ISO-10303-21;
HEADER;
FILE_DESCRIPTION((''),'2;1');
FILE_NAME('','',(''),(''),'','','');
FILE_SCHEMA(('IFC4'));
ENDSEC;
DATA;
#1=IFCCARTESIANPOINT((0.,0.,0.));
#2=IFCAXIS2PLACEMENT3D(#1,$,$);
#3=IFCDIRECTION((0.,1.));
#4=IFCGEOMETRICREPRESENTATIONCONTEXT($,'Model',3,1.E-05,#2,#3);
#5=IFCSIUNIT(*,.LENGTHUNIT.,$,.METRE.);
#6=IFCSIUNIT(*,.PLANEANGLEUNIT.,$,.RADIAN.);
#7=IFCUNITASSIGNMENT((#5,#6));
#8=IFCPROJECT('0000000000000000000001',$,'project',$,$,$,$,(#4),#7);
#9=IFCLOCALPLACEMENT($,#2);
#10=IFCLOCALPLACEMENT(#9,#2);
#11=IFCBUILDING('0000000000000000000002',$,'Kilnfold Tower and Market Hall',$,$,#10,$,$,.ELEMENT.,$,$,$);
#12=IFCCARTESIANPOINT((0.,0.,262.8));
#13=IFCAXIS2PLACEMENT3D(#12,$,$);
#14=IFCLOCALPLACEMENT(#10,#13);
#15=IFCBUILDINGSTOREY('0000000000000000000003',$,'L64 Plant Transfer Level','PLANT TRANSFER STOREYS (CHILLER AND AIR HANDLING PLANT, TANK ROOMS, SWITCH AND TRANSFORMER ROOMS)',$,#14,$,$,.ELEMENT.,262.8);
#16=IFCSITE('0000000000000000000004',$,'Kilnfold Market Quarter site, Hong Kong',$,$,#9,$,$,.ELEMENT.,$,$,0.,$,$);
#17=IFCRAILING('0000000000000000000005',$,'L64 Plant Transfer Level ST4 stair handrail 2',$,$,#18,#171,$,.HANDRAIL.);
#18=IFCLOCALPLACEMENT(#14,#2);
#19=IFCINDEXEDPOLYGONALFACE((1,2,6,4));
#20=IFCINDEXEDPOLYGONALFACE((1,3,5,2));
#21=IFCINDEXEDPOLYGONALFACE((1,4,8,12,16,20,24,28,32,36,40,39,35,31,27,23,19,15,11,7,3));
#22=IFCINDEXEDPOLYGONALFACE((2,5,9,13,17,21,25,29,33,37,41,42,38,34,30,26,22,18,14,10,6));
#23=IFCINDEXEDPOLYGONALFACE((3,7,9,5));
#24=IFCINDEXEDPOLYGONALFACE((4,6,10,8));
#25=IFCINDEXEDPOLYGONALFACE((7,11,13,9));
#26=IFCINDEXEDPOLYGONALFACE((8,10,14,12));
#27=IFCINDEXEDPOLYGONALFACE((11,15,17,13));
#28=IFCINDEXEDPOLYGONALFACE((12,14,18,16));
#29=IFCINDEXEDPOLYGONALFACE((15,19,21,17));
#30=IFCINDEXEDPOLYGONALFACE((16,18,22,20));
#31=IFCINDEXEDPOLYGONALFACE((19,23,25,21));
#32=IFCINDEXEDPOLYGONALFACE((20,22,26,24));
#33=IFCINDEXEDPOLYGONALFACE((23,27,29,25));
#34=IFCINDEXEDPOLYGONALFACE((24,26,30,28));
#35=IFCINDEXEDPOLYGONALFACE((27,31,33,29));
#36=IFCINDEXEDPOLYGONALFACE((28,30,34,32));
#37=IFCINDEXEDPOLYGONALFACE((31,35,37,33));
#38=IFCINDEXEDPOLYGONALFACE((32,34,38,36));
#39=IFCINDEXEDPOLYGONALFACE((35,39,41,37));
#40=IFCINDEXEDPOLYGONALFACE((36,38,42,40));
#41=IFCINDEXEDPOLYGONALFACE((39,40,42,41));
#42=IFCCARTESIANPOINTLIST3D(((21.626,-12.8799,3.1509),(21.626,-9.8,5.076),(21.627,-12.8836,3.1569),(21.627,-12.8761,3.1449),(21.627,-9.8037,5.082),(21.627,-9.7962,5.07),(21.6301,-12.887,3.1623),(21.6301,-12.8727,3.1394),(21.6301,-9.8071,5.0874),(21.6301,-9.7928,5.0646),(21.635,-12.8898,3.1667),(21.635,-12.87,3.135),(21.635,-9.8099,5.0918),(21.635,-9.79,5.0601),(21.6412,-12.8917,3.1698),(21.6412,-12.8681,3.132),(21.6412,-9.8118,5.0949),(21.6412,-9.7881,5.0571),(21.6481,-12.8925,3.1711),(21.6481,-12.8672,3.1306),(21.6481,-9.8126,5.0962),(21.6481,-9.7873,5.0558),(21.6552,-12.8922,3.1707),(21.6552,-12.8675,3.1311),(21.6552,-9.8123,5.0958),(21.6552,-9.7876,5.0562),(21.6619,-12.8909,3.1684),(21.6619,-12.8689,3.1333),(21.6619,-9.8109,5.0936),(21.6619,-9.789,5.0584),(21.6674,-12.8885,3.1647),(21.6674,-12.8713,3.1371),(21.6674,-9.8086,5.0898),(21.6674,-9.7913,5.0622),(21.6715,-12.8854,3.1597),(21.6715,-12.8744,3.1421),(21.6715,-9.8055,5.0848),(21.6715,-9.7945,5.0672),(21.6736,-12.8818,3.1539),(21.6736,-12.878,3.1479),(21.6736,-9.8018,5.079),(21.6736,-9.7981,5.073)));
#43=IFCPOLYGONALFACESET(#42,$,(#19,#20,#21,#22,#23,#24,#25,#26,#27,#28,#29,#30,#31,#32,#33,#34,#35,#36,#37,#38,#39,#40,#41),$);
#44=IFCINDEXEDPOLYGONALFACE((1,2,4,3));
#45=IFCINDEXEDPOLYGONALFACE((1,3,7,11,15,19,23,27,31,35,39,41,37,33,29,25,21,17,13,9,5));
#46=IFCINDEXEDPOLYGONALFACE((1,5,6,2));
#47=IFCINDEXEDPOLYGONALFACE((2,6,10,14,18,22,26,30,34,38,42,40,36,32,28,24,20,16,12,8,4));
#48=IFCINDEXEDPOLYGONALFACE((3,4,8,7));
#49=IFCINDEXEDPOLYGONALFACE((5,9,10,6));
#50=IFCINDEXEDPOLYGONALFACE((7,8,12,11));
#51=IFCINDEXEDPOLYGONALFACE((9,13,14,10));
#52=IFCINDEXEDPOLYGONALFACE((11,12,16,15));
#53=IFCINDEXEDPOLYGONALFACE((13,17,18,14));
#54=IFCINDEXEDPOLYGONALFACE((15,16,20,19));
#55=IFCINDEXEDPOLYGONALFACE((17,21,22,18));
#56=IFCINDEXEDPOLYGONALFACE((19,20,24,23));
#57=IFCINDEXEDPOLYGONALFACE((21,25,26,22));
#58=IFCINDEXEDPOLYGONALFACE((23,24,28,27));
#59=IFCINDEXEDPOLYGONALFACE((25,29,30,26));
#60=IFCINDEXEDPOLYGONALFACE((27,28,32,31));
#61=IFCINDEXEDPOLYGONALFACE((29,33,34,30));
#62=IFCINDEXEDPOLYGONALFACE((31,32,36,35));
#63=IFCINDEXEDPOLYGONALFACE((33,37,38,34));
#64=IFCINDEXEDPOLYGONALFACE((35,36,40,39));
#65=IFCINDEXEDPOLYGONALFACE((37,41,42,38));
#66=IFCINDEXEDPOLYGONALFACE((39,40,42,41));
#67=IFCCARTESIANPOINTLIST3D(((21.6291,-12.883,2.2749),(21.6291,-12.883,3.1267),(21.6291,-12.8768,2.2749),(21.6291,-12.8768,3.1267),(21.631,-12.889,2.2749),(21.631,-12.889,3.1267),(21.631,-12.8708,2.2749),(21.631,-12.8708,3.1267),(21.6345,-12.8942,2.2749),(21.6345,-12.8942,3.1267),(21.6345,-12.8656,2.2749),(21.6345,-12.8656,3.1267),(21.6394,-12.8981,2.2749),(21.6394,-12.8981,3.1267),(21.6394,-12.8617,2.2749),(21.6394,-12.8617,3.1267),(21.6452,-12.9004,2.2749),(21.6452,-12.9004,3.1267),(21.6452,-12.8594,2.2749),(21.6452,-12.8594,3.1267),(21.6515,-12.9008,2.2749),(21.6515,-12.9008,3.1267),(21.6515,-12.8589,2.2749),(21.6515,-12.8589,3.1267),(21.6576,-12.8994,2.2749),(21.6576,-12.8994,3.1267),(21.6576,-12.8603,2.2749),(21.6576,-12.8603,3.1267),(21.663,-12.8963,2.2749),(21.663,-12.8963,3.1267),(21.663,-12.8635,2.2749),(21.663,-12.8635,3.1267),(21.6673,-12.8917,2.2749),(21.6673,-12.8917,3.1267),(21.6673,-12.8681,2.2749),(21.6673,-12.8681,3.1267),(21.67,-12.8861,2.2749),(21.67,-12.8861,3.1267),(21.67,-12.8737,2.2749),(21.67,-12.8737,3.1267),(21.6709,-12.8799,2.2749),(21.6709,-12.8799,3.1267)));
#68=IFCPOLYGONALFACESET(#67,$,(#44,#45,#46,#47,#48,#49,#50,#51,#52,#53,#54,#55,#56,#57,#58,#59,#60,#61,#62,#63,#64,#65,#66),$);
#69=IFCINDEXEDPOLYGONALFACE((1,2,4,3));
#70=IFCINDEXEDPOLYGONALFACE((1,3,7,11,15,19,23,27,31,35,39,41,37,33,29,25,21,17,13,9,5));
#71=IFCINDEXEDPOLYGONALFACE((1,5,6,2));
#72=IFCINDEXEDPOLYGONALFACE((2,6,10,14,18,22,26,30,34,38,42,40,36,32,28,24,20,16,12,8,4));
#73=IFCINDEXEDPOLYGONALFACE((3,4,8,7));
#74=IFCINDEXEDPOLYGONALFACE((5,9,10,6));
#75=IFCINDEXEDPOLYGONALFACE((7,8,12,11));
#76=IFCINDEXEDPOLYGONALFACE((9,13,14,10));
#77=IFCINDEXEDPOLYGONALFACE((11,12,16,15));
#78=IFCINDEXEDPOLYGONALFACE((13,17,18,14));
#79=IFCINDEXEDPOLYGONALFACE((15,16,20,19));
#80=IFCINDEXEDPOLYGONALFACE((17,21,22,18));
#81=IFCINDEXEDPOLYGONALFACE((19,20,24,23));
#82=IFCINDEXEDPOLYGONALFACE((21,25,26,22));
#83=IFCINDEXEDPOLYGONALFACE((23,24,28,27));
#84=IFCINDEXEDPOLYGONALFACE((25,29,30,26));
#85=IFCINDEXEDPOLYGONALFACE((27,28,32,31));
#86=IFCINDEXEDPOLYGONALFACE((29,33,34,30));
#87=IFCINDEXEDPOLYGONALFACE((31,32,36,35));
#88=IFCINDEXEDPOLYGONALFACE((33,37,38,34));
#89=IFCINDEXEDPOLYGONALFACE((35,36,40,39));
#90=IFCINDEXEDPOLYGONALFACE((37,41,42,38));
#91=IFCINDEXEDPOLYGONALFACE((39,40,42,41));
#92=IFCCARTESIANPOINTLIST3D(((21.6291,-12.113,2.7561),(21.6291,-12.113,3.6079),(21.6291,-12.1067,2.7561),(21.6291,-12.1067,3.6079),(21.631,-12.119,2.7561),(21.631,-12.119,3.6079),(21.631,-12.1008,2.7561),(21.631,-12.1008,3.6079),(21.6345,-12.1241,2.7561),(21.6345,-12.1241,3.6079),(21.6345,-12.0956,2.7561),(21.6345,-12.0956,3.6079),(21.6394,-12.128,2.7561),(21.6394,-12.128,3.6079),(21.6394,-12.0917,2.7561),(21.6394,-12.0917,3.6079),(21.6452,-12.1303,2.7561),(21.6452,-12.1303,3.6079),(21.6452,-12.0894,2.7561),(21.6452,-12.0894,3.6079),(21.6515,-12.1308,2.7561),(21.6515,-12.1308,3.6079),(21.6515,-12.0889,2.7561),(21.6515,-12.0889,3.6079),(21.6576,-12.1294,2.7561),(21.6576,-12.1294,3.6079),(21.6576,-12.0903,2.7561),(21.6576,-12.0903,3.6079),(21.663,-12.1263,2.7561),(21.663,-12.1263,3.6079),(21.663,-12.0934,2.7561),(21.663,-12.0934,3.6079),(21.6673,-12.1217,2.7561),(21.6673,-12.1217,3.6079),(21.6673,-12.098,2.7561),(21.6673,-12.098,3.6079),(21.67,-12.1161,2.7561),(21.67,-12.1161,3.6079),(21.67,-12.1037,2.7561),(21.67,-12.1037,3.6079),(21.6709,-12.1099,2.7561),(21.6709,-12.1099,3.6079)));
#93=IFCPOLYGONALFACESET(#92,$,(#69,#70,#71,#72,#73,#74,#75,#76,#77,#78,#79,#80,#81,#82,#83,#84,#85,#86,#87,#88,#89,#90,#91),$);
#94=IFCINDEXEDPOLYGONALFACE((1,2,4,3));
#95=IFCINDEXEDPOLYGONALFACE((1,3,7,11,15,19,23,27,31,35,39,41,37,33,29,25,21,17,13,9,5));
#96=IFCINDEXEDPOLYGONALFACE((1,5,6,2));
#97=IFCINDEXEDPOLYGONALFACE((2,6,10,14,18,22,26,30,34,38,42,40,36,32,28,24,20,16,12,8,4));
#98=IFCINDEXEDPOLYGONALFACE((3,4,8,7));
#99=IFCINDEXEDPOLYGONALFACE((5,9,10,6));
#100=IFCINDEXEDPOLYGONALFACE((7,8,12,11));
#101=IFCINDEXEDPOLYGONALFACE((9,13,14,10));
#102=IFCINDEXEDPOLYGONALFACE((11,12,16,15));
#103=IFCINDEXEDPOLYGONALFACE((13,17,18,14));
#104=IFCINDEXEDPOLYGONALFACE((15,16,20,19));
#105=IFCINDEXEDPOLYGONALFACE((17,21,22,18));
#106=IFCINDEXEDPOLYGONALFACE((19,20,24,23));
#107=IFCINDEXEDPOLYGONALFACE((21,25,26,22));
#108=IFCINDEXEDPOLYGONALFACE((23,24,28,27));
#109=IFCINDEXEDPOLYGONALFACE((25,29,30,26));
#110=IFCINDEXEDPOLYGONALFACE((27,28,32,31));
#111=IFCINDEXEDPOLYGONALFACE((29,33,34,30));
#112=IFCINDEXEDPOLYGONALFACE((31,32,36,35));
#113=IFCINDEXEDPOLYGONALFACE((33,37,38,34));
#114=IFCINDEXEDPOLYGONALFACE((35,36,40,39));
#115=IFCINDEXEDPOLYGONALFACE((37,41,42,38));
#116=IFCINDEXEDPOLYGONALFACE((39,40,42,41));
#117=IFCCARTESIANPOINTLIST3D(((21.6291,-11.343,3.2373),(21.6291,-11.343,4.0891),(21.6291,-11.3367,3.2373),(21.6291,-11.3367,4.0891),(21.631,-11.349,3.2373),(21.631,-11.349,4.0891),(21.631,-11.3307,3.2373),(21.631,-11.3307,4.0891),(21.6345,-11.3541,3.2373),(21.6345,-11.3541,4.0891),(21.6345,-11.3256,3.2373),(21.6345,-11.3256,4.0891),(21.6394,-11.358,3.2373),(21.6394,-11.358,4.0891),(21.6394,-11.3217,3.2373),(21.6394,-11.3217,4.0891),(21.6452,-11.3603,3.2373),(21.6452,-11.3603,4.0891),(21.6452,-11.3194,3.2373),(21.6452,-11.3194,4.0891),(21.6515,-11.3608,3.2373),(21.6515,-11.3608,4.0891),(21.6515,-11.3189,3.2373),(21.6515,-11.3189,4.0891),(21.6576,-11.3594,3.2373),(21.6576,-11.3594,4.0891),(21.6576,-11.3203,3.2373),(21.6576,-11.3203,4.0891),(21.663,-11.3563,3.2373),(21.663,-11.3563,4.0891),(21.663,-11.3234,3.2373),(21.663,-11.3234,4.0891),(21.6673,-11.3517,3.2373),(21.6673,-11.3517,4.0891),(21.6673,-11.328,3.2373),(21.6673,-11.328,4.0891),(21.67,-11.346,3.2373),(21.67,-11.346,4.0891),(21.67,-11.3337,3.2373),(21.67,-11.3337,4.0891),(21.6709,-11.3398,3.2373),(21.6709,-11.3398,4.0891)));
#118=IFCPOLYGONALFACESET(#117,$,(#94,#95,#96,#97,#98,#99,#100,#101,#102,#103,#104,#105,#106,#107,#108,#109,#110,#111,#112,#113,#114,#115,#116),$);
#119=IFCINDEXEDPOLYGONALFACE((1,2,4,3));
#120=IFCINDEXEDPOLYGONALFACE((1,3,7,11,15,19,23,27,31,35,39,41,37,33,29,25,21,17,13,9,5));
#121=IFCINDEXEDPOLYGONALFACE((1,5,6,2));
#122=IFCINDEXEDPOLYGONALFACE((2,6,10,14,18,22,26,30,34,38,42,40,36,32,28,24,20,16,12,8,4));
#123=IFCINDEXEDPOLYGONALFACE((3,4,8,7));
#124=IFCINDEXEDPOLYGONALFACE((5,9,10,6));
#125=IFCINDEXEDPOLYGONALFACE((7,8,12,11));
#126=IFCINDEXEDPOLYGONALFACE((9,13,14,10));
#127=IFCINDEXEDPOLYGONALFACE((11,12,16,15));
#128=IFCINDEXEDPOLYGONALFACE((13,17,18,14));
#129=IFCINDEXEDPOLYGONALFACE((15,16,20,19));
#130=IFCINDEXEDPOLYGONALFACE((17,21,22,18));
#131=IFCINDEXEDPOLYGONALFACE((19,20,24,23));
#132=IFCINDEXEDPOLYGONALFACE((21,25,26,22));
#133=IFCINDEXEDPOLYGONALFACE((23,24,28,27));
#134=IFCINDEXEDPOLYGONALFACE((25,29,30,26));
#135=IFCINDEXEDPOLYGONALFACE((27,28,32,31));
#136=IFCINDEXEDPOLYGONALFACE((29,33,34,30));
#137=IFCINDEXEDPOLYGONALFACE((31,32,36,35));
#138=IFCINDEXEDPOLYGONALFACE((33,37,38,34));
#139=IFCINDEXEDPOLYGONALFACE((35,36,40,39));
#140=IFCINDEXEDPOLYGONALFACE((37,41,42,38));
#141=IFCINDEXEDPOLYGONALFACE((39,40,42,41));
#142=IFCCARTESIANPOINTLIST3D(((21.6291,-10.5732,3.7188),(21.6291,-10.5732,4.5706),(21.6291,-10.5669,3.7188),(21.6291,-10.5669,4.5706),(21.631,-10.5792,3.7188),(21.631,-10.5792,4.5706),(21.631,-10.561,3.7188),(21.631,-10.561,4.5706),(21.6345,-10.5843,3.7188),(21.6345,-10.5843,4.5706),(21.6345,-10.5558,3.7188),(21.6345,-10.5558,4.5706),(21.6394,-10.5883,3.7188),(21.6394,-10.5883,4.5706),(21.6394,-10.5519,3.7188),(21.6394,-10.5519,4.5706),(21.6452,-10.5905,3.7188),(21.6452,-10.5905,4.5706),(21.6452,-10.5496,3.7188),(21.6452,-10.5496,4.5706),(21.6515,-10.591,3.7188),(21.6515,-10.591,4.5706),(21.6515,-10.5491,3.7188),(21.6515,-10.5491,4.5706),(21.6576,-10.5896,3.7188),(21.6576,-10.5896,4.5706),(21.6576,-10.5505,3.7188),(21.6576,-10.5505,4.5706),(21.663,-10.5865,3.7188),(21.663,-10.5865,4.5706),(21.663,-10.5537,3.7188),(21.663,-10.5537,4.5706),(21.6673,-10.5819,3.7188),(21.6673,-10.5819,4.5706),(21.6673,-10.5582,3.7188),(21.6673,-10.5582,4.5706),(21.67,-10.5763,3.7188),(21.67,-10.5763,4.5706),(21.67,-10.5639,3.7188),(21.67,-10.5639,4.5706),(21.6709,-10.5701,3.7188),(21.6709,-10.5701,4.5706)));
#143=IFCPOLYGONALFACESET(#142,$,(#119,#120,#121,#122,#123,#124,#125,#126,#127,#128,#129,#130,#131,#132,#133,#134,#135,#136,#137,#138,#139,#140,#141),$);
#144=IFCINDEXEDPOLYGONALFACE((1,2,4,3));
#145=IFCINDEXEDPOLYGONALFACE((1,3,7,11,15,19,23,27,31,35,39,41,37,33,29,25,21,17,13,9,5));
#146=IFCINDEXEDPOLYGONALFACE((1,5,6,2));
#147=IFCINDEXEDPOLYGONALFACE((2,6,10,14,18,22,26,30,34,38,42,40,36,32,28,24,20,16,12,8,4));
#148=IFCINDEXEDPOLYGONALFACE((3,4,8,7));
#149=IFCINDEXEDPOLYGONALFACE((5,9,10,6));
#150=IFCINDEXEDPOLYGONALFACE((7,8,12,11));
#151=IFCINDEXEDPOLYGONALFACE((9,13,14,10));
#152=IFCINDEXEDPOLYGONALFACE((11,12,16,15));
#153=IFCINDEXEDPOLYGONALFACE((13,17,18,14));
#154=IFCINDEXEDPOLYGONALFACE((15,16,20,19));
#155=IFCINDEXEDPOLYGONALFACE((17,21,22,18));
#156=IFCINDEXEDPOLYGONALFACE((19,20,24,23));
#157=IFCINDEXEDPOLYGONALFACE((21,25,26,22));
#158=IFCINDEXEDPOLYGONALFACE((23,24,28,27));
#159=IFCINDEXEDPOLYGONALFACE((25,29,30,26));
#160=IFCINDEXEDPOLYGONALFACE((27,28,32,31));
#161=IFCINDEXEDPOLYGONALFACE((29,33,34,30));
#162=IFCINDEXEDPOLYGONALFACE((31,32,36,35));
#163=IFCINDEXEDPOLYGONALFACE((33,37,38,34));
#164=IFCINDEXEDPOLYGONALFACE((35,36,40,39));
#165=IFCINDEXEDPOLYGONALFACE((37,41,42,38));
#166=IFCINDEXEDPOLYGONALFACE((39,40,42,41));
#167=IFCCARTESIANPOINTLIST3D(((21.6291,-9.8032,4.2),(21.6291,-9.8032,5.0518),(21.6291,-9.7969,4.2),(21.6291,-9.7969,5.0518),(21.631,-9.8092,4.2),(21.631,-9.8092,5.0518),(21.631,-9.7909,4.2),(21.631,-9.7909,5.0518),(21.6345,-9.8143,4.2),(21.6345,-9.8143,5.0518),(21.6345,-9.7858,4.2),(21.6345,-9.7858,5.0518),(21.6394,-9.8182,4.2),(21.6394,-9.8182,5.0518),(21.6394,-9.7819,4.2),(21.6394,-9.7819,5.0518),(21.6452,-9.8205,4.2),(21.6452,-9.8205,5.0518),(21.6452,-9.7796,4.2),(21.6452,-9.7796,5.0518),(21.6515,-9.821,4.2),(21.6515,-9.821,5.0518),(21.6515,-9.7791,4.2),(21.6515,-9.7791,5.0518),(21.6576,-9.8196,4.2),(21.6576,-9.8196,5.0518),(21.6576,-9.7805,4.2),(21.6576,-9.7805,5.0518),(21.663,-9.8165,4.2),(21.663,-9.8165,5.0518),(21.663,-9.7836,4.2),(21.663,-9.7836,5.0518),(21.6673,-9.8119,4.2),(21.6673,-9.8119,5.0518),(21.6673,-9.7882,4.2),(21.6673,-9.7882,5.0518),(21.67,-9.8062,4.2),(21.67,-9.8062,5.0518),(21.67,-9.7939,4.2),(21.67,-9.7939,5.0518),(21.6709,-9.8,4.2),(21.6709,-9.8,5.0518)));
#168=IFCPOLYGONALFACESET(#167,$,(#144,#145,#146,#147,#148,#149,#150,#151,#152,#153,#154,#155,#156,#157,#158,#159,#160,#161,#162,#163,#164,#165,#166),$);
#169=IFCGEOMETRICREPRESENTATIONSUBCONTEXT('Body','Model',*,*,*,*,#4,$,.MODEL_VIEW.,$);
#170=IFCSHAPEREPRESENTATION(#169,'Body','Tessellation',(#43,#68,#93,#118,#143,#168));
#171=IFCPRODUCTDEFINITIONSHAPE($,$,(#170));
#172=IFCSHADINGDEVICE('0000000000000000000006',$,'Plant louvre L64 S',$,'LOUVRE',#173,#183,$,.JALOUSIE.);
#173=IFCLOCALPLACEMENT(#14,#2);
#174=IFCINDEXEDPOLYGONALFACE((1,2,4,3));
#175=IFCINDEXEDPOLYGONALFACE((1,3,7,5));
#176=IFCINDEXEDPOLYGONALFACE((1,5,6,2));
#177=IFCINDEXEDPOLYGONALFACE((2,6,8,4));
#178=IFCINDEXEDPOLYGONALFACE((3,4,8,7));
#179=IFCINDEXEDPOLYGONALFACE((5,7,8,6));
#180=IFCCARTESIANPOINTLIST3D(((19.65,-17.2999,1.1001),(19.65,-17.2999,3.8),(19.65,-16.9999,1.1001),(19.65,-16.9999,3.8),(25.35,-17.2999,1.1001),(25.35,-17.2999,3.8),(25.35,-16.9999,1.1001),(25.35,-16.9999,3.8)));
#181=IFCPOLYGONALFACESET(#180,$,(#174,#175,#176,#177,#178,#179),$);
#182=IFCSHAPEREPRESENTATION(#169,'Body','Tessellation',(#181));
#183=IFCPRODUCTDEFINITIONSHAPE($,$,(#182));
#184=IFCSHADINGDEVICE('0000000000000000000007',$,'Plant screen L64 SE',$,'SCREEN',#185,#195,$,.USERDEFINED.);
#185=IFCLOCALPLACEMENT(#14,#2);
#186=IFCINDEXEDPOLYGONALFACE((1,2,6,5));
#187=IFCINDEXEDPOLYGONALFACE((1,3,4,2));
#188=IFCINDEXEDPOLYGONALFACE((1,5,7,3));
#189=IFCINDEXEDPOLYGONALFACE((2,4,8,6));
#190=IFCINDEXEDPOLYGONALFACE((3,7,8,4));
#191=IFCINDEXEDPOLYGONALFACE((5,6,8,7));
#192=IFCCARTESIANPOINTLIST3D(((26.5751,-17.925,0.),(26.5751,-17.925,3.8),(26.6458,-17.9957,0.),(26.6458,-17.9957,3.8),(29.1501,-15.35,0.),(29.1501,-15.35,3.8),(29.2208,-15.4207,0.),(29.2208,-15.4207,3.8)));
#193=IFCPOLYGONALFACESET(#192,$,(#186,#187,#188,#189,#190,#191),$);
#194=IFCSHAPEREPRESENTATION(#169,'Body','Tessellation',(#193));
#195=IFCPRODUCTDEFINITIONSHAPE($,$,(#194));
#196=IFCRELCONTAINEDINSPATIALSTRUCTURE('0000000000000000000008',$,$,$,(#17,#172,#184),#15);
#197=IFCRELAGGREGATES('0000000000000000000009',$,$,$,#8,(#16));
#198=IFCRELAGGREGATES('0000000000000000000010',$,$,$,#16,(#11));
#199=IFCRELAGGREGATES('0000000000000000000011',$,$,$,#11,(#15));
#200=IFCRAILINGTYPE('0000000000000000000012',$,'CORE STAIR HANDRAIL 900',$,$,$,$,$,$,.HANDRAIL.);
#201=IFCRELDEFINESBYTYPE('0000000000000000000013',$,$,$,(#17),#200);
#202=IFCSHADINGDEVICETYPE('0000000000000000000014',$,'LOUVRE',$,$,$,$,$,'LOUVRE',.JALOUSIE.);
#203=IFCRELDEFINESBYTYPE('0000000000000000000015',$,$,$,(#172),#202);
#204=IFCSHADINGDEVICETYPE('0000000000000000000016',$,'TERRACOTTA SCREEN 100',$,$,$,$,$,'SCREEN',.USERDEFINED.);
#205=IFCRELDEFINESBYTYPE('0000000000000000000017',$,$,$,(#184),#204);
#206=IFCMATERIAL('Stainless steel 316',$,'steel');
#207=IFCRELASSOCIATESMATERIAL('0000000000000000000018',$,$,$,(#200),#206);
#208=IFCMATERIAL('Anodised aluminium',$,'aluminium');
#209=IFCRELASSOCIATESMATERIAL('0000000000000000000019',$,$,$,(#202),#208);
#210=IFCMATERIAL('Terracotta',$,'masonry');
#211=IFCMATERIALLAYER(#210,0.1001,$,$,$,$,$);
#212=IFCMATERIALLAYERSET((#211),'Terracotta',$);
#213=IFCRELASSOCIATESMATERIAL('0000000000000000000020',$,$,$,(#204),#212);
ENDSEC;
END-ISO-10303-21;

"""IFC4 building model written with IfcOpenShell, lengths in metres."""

from ifc_helpers import new_model, si_unit, direction, frame, origin, origin_2d, place, context, subcontext, project, spatial, rectangle, circle, extrude, source, transform, mapped, material, layer, layer_set, type_object, element, save


model = new_model("IFC4")

# Units and contexts
model_context = context("Model", 3, precision=1e-05, world=origin(), true_north=direction((0.0, 1.0)))
body_context = subcontext(model_context, "Body", "Model", "MODEL_VIEW")
ifc_project = project(units=[si_unit("LENGTHUNIT", "METRE"), si_unit("PLANEANGLEUNIT", "RADIAN")], contexts=[model_context])

# Site, building, storey
site_placement = place(None, origin())
site = spatial("IfcSite", under=ifc_project, at=site_placement, Name="Kilnfold Market Quarter site, Hong Kong", CompositionType="ELEMENT", RefElevation=0.0)
building_placement = place(site_placement, origin())
building = spatial("IfcBuilding", under=site, at=building_placement, Name="Kilnfold Tower and Market Hall", CompositionType="ELEMENT")
storey_placement = place(building_placement, frame((0.0, 0.0, 262.8)))
storey = spatial("IfcBuildingStorey", under=building, at=storey_placement, Name="L64 Plant Transfer Level", Description="PLANT TRANSFER STOREYS (CHILLER AND AIR HANDLING PLANT, TANK ROOMS, SWITCH AND TRANSFORMER ROOMS)", CompositionType="ELEMENT", Elevation=262.8)

# Railing
ifc_material_1 = material(Name="Stainless steel 316", Category="steel")
railing_type_1 = type_object("IfcRailingType", Name="CORE STAIR HANDRAIL 900", PredefinedType="HANDRAIL", material=ifc_material_1)
railing_1_placement = place(storey_placement, frame((21.6499, -12.8799, 2.2749)))
element("IfcRailing", 1, at=railing_1_placement, inside=storey, type_object=railing_type_1, Name="L64 Plant Transfer Level ST4 stair handrail 2", PredefinedType="HANDRAIL", context=body_context, shape_type="SweptSolid", body=[
    extrude(circle(Radius=0.0239, at=origin_2d()), frame((0.0, 0.0, 0.876), z_axis=(0.0, 0.847979, 0.530029), x_axis=(-1.0, 0.0, 0.0)), (0.0, 0.0, 1.0), 3.6321),
    extrude(circle(Radius=0.021, at=origin_2d()), origin(), (0.0, 0.0, 1.0), 0.8518),
    extrude(circle(Radius=0.021, at=origin_2d()), frame((0.0, 0.77, 0.4812)), (0.0, 0.0, 1.0), 0.8518),
    extrude(circle(Radius=0.021, at=origin_2d()), frame((0.0, 1.54, 0.9624)), (0.0, 0.0, 1.0), 0.8518),
    extrude(circle(Radius=0.021, at=origin_2d()), frame((0.0, 2.3098, 1.4438)), (0.0, 0.0, 1.0), 0.8518),
    extrude(circle(Radius=0.021, at=origin_2d()), frame((0.0, 3.0798, 1.925)), (0.0, 0.0, 1.0), 0.8518),
])

# Shading devices
ifc_material_2 = material(Name="Anodised aluminium", Category="aluminium")
shading_device_type_1 = type_object("IfcShadingDeviceType", Name="LOUVRE", ElementType="LOUVRE", PredefinedType="JALOUSIE", material=ifc_material_2)
shared_shape_1 = source(origin(), body_context, "Body", "SweptSolid", [
    extrude(rectangle(XDim=5.7, YDim=0.3, at=origin_2d()), origin(), (0.0, 0.0, 1.0), 2.7),
])
shading_device_1_placement = place(storey_placement, frame((22.5, -17.1499, 1.1001), z_axis=(0.0, 0.0, 1.0), x_axis=(1.0, 0.0, 0.0)))
element("IfcShadingDevice", 2, at=shading_device_1_placement, inside=storey, type_object=shading_device_type_1, Name="Plant louvre L64 S", ObjectType="LOUVRE", PredefinedType="JALOUSIE", context=body_context, shape_type="MappedRepresentation", body=[
    mapped(shared_shape_1, transform((0.0, 0.0, 0.0))),
])
ifc_material_3 = material(Name="Terracotta", Category="masonry")
ifc_layer_1 = layer(ifc_material_3, 0.1001)
ifc_layer_set_1 = layer_set([ifc_layer_1], Name="Terracotta")
shading_device_type_2 = type_object("IfcShadingDeviceType", Name="TERRACOTTA SCREEN 100", ElementType="SCREEN", PredefinedType="USERDEFINED", material=ifc_layer_set_1)
shared_shape_2 = source(origin(), body_context, "Body", "SweptSolid", [
    extrude(rectangle(XDim=3.6416, YDim=0.1001, at=origin_2d()), origin(), (0.0, 0.0, 1.0), 3.8),
])
shading_device_2_placement = place(storey_placement, frame((27.8979, -16.6729, 0.0), z_axis=(0.0, 0.0, 1.0), x_axis=(0.707107, 0.707107, 0.0)))
element("IfcShadingDevice", 3, at=shading_device_2_placement, inside=storey, type_object=shading_device_type_2, Name="Plant screen L64 SE", ObjectType="SCREEN", PredefinedType="USERDEFINED", context=body_context, shape_type="MappedRepresentation", body=[
    mapped(shared_shape_2, transform((0.0, 0.0, 0.0))),
])

save(model, "model.ifc")
